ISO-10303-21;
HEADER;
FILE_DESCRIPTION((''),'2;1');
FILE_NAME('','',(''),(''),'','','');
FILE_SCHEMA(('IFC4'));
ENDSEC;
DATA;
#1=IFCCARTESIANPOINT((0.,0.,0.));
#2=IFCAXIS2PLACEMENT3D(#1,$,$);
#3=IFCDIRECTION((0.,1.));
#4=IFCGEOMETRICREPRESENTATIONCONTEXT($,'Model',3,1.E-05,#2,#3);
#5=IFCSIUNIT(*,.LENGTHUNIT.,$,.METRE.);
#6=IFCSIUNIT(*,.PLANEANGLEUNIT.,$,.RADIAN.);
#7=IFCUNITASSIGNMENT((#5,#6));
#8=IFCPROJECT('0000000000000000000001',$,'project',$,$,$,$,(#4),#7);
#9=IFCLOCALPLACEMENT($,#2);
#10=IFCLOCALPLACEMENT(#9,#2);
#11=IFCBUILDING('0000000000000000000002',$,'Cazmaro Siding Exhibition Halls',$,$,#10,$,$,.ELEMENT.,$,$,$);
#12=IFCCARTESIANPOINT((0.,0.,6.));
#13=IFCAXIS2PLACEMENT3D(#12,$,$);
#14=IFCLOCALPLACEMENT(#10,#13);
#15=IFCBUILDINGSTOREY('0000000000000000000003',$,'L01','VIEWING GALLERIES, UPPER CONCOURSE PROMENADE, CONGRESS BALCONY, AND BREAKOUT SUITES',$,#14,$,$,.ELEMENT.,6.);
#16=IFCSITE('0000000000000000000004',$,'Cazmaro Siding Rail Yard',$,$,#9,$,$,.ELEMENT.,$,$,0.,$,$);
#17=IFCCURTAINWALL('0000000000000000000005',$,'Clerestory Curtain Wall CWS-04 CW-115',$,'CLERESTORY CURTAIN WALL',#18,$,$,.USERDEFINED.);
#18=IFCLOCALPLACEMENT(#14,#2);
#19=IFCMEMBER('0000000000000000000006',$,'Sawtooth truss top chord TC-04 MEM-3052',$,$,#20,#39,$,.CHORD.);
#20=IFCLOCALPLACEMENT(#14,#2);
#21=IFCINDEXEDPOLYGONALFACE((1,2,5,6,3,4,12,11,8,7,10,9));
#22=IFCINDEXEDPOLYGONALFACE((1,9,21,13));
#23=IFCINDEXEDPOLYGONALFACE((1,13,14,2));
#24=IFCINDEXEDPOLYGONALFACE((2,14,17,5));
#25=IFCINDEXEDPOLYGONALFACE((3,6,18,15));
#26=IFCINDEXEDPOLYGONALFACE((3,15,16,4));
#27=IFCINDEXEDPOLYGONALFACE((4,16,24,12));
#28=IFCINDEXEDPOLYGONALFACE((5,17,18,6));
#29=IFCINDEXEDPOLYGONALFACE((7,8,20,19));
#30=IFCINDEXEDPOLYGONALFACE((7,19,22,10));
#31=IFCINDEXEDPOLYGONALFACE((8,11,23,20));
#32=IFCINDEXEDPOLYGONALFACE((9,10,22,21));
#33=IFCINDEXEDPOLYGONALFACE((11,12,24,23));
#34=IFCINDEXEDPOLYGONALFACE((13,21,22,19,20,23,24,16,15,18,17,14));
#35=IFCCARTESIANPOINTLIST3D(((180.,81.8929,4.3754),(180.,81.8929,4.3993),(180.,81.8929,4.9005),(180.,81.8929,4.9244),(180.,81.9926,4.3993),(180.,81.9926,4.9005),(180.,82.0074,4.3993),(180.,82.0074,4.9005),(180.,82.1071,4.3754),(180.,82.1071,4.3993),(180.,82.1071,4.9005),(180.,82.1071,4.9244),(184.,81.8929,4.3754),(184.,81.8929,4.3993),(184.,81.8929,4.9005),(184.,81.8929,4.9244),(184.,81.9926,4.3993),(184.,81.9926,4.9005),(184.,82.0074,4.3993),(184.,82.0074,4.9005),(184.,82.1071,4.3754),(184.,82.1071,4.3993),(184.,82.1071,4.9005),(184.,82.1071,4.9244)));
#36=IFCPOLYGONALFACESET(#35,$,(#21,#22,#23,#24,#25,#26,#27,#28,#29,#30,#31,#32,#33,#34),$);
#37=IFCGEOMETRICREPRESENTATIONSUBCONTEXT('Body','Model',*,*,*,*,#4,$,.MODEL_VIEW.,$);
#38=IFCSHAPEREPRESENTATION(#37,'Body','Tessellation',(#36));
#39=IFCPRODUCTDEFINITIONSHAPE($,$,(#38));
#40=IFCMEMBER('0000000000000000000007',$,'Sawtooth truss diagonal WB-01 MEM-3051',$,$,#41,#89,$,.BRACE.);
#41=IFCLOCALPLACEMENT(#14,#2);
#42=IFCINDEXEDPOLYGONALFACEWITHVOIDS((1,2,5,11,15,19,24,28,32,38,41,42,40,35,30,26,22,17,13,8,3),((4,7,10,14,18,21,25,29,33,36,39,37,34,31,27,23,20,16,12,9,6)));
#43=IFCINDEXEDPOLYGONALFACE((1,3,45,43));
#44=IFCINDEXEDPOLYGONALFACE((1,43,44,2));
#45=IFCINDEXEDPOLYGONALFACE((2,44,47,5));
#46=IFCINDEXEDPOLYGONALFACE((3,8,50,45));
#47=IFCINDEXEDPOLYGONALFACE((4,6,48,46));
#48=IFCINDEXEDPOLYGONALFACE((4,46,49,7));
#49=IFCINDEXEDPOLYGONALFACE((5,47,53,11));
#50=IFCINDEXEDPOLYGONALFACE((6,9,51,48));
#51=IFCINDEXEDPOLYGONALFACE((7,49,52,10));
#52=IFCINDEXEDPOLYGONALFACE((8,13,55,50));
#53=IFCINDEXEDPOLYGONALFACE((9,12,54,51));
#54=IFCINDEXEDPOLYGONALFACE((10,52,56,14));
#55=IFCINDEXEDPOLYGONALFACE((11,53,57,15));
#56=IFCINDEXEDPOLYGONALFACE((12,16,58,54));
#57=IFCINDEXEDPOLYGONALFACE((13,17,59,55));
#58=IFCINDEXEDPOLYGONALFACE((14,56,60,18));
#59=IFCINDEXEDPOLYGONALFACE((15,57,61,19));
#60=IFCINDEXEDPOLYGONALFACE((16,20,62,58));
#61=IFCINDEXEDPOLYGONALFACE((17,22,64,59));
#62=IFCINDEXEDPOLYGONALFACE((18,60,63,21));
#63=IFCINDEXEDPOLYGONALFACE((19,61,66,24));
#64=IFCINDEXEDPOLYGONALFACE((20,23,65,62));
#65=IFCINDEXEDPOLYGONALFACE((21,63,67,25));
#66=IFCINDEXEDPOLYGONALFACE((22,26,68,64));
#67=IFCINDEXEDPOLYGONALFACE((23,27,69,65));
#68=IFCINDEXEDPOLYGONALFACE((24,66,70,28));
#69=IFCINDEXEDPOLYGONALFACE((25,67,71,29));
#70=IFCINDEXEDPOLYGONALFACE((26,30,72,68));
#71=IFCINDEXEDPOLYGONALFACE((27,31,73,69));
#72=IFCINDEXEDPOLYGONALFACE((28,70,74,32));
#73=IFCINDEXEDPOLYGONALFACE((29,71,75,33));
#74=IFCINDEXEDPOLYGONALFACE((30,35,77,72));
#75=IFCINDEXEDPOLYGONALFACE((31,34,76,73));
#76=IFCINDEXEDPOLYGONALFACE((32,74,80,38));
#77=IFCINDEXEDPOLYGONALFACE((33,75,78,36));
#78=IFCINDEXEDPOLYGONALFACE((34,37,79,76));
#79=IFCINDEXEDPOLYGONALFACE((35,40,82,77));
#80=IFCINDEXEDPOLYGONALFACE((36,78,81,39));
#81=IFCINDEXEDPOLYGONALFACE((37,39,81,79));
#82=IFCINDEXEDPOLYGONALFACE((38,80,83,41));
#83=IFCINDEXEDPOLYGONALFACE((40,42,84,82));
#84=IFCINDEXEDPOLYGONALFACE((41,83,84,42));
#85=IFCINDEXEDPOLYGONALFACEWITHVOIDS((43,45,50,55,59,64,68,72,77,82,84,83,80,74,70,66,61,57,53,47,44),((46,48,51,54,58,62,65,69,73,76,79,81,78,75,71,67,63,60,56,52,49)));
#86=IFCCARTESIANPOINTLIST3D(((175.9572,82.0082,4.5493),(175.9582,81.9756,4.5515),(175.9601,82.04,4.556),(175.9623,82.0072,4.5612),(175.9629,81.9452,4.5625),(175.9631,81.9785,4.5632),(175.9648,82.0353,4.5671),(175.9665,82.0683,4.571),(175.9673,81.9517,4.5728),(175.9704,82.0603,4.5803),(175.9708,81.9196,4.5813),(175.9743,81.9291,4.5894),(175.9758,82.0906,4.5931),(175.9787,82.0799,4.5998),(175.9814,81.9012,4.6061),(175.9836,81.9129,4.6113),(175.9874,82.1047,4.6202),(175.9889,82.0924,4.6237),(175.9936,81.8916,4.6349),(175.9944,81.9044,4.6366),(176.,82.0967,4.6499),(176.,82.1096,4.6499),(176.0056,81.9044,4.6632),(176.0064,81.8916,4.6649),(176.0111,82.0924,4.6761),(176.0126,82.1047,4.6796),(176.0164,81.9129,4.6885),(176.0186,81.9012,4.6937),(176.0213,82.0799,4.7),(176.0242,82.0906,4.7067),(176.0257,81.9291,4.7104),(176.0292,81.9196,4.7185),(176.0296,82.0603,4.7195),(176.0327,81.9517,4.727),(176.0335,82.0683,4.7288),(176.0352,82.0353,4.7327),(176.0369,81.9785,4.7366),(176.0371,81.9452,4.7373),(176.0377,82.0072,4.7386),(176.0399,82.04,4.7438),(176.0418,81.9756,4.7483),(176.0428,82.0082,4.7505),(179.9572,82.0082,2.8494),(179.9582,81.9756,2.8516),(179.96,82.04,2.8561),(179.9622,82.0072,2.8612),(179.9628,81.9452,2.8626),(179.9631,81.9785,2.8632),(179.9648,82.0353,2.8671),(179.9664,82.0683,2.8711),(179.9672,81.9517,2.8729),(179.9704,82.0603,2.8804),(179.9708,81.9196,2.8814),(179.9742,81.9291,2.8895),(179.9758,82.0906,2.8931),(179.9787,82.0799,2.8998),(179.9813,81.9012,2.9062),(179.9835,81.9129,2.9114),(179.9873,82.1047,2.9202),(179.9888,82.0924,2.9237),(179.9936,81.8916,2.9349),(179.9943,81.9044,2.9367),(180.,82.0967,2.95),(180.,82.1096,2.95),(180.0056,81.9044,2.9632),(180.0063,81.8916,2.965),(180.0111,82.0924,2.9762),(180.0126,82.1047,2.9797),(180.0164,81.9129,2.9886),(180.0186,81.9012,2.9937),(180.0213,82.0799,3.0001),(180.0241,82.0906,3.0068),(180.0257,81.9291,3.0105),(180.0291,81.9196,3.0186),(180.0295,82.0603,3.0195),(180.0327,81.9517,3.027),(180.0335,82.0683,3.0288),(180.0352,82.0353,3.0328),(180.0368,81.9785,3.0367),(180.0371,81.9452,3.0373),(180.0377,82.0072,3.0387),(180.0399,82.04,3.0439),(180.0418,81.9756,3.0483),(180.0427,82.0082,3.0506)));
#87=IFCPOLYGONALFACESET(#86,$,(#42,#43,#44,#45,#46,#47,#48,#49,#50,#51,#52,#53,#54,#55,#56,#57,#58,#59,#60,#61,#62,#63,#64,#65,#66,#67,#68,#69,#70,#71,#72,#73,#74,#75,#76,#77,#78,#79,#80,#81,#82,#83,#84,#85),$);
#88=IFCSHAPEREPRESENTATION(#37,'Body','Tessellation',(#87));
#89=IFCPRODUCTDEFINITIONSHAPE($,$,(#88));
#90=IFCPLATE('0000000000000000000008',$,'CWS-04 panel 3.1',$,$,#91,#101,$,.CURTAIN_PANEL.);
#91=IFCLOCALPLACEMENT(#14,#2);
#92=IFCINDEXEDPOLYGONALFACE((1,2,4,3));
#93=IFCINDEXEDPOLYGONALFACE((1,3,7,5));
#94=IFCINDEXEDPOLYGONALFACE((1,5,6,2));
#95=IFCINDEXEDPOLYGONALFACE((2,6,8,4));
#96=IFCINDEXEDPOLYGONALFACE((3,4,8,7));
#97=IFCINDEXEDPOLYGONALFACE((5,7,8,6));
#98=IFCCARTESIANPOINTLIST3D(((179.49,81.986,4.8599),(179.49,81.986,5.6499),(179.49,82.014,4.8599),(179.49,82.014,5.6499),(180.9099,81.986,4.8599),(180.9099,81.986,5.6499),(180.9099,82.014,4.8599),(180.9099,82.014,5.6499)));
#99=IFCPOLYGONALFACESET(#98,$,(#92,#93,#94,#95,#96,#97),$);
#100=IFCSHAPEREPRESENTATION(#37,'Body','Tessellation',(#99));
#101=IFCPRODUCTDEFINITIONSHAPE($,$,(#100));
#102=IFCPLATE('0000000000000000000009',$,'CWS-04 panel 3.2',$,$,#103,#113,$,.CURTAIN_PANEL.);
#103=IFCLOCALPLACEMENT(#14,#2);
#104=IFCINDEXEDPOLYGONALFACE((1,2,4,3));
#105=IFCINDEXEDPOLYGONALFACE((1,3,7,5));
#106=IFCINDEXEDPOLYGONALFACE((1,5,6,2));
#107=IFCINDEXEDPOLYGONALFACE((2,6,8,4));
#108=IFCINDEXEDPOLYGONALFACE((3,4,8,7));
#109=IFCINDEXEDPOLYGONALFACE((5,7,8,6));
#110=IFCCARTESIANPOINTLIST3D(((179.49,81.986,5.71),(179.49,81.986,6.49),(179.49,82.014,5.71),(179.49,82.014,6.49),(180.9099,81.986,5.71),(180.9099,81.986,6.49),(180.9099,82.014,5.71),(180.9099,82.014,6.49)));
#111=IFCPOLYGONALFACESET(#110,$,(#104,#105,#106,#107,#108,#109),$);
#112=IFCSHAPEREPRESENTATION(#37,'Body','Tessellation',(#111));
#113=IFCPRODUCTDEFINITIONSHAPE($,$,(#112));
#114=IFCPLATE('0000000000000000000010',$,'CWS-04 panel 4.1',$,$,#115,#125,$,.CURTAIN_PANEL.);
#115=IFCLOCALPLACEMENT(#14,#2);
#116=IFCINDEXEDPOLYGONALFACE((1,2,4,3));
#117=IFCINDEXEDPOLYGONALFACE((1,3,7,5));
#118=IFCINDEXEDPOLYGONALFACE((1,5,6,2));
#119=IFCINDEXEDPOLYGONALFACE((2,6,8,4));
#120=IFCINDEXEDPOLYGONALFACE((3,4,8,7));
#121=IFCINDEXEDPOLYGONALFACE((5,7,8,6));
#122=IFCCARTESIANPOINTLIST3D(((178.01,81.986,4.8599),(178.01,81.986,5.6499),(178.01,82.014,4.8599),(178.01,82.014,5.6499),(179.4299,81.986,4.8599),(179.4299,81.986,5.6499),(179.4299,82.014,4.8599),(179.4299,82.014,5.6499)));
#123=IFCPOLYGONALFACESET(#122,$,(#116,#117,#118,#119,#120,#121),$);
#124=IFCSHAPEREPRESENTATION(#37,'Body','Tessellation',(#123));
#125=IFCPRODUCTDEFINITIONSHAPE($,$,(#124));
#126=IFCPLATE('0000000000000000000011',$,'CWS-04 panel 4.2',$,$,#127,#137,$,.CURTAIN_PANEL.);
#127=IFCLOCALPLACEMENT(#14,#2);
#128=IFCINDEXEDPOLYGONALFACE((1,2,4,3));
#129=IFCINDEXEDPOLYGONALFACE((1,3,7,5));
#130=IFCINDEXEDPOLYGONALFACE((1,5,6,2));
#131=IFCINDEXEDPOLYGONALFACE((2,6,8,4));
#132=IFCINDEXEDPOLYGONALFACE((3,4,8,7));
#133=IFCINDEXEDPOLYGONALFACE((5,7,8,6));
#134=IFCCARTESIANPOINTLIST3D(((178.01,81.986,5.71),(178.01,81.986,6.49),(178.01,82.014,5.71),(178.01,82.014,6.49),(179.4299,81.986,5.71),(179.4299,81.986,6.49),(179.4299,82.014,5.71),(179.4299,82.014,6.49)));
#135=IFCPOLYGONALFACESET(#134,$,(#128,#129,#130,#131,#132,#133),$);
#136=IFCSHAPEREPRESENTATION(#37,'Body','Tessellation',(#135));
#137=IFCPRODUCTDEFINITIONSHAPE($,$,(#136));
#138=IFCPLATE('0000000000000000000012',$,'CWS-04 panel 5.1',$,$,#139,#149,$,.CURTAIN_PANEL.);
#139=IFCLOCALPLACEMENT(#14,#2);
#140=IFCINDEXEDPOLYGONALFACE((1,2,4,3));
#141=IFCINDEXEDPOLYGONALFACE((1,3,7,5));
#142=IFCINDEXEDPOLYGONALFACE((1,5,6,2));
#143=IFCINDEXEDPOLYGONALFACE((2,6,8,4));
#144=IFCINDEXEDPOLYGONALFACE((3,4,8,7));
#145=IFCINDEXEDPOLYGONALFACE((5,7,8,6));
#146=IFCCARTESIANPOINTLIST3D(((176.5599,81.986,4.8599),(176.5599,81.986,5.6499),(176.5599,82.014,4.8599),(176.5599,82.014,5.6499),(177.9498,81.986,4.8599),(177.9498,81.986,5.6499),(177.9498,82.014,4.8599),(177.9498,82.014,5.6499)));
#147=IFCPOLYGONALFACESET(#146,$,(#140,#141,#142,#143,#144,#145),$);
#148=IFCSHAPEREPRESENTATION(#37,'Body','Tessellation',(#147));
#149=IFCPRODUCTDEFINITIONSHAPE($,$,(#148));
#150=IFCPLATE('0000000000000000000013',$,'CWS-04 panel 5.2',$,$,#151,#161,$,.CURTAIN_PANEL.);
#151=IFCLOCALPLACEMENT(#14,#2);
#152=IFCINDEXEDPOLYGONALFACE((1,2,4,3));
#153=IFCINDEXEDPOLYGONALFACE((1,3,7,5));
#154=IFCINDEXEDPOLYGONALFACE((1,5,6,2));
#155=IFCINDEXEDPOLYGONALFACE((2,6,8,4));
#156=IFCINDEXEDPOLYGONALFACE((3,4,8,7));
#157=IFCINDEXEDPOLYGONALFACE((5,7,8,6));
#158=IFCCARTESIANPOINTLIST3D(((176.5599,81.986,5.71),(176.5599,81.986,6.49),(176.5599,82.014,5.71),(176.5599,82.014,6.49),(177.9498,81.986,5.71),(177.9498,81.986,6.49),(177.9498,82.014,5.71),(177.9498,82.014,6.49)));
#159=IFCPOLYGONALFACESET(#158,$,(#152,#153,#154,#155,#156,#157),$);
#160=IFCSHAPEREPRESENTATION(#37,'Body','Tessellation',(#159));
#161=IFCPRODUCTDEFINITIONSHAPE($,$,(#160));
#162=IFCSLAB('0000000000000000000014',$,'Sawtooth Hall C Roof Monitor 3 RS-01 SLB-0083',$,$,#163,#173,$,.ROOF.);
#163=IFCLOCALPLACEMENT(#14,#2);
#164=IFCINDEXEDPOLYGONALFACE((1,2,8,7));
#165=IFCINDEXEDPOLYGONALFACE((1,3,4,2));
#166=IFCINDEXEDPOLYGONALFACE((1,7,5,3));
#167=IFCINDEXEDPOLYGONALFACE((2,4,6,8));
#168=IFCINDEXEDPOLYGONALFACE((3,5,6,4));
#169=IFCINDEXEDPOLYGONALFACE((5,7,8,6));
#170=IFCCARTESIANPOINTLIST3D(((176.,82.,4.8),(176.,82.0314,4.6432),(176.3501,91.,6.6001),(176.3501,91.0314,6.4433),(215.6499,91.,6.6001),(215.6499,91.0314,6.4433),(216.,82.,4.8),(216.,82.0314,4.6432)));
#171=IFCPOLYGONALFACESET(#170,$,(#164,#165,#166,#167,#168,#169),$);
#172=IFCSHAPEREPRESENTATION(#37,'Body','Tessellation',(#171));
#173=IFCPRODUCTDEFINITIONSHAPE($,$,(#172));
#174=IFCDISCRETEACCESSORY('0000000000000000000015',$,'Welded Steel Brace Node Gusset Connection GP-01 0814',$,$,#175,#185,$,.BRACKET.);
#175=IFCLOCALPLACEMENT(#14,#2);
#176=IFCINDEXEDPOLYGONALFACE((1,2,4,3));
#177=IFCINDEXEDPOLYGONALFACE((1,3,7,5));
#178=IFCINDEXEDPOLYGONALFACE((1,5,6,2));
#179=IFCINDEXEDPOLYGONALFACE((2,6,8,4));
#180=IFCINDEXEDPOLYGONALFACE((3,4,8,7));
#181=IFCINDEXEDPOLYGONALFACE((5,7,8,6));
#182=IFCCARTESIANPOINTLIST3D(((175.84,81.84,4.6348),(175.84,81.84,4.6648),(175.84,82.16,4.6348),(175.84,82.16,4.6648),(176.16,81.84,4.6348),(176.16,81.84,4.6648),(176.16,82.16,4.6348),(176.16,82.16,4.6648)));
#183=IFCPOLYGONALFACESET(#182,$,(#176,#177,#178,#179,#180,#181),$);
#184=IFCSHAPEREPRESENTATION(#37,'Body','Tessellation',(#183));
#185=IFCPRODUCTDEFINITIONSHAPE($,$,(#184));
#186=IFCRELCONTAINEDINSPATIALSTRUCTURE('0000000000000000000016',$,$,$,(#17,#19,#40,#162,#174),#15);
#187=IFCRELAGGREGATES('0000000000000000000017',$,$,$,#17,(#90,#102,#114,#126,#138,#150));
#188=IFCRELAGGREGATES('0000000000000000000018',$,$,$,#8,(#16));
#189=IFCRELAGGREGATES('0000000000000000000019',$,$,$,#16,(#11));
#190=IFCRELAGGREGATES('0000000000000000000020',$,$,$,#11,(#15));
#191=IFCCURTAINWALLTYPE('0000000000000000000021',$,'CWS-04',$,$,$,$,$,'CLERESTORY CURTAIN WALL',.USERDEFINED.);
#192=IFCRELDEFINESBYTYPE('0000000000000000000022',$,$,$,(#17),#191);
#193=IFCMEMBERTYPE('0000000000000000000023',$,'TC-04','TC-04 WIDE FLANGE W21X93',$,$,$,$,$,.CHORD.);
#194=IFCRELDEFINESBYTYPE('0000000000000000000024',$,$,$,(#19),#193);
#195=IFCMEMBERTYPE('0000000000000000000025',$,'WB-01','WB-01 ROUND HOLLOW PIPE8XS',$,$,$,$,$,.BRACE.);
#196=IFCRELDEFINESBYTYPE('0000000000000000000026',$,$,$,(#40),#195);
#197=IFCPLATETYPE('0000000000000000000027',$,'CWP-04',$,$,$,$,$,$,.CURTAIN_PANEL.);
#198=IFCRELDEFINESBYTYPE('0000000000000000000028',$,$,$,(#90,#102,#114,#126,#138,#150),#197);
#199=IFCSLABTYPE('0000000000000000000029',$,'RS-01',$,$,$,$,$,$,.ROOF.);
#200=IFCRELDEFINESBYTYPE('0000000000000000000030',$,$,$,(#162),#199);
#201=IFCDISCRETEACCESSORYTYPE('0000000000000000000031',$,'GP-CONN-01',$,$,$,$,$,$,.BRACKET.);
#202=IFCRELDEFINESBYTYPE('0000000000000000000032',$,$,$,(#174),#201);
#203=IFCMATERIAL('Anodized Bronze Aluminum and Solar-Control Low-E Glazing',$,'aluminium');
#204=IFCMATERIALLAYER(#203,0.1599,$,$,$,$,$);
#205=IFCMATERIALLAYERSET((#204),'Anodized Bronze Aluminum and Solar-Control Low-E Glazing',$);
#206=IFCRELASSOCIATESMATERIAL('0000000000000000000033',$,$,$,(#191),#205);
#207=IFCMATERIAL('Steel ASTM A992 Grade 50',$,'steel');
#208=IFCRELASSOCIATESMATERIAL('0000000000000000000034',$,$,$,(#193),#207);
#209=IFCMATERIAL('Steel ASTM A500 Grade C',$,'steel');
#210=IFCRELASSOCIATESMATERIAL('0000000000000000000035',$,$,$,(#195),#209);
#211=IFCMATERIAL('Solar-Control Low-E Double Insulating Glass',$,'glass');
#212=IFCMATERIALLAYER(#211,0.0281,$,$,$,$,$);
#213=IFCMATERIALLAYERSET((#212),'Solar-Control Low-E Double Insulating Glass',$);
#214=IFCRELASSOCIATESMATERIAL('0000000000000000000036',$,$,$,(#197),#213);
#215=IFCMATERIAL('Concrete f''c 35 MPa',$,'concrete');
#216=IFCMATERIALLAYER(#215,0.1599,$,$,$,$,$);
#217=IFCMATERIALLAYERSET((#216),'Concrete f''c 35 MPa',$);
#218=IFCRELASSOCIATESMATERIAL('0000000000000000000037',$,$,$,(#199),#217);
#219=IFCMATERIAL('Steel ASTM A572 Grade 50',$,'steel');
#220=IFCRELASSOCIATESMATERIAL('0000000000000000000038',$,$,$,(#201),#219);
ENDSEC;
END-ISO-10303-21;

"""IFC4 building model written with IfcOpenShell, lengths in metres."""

from ifc_helpers import new_model, si_unit, direction, frame, origin, origin_2d, place, context, subcontext, project, spatial, polyline, rectangle, hollow_circle, i_section, outline, extrude, material, layer, layer_set, material_profile, profile_set, type_object, element, aggregate, save


model = new_model("IFC4")

# Units and contexts
model_context = context("Model", 3, precision=1e-05, world=origin(), true_north=direction((0.0, 1.0)))
body_context = subcontext(model_context, "Body", "Model", "MODEL_VIEW")
ifc_project = project(units=[si_unit("LENGTHUNIT", "METRE"), si_unit("PLANEANGLEUNIT", "RADIAN")], contexts=[model_context])

# Site, building, storey
site_placement = place(None, origin())
site = spatial("IfcSite", under=ifc_project, at=site_placement, Name="Cazmaro Siding Rail Yard", CompositionType="ELEMENT", RefElevation=0.0)
building_placement = place(site_placement, origin())
building = spatial("IfcBuilding", under=site, at=building_placement, Name="Cazmaro Siding Exhibition Halls", CompositionType="ELEMENT")
storey_placement = place(building_placement, frame((0.0, 0.0, 6.0)))
storey = spatial("IfcBuildingStorey", under=building, at=storey_placement, Name="L01", Description="VIEWING GALLERIES, UPPER CONCOURSE PROMENADE, CONGRESS BALCONY, AND BREAKOUT SUITES", CompositionType="ELEMENT", Elevation=6.0)

# Curtain wall
ifc_material_1 = material(Name="Anodized Bronze Aluminum and Solar-Control Low-E Glazing", Category="aluminium")
ifc_layer_1 = layer(ifc_material_1, 0.1599)
ifc_layer_set_1 = layer_set([ifc_layer_1], Name="Anodized Bronze Aluminum and Solar-Control Low-E Glazing")
curtain_wall_type_1 = type_object("IfcCurtainWallType", Name="CWS-04", ElementType="CLERESTORY CURTAIN WALL", PredefinedType="USERDEFINED", material=ifc_layer_set_1)
curtain_wall_1_placement = place(storey_placement, origin())
curtain_wall_1 = element("IfcCurtainWall", 1, at=curtain_wall_1_placement, inside=storey, type_object=curtain_wall_type_1, Name="Clerestory Curtain Wall CWS-04 CW-115", ObjectType="CLERESTORY CURTAIN WALL", PredefinedType="USERDEFINED")

# Members
ifc_material_2 = material(Name="Steel ASTM A992 Grade 50", Category="steel")
ifc_material_profile_1 = material_profile(ifc_material_2, i_section(OverallWidth=0.2141, OverallDepth=0.5491, WebThickness=0.0149, FlangeThickness=0.0239, at=origin_2d()), Name="W21X93")
ifc_profile_set_1 = profile_set([ifc_material_profile_1], Name="Steel ASTM A992 Grade 50")
member_type_1 = type_object("IfcMemberType", Name="TC-04", Description="TC-04 WIDE FLANGE W21X93", PredefinedType="CHORD", material=ifc_profile_set_1)
for number, where, z_axis, x_axis, name in (
    (2, (180.0, 82.0, 4.6499), (1.0, 0.0, 0.0), (0.0, 1.0, 0.0), "Sawtooth truss top chord TC-04 MEM-3052"),
):
    element("IfcMember", number, at=place(storey_placement, frame(where, z_axis=z_axis, x_axis=x_axis)), inside=storey, type_object=member_type_1, Name=name, PredefinedType="CHORD", context=body_context, shape_type="SweptSolid", body=[
        extrude(i_section(OverallWidth=0.2141, OverallDepth=0.5491, WebThickness=0.0149, FlangeThickness=0.0239, at=origin_2d()), origin(), (0.0, 0.0, 1.0), 4.0),
    ])
ifc_material_3 = material(Name="Steel ASTM A500 Grade C", Category="steel")
ifc_material_profile_2 = material_profile(ifc_material_3, hollow_circle(Radius=0.1096, WallThickness=0.0129, at=origin_2d()), Name="PIPE8XS")
ifc_profile_set_2 = profile_set([ifc_material_profile_2], Name="Steel ASTM A500 Grade C")
member_type_2 = type_object("IfcMemberType", Name="WB-01", Description="WB-01 ROUND HOLLOW PIPE8XS", PredefinedType="BRACE", material=ifc_profile_set_2)
member_1_placement = place(storey_placement, frame((176.0, 82.0, 4.6499), z_axis=(0.920335, 0.0, -0.391131), x_axis=(0.0, 1.0, 0.0)))
element("IfcMember", 3, at=member_1_placement, inside=storey, type_object=member_type_2, Name="Sawtooth truss diagonal WB-01 MEM-3051", PredefinedType="BRACE", context=body_context, shape_type="SweptSolid", body=[
    extrude(hollow_circle(Radius=0.1096, WallThickness=0.0129, at=origin_2d()), origin(), (0.0, 0.0, 1.0), 4.3462),
])

# Plates
ifc_material_4 = material(Name="Solar-Control Low-E Double Insulating Glass", Category="glass")
ifc_layer_2 = layer(ifc_material_4, 0.0281)
ifc_layer_set_2 = layer_set([ifc_layer_2], Name="Solar-Control Low-E Double Insulating Glass")
plate_type = type_object("IfcPlateType", Name="CWP-04", PredefinedType="CURTAIN_PANEL", material=ifc_layer_set_2)
plate_1_placement = place(storey_placement, frame((180.2, 82.0, 4.8599), z_axis=(0.0, 0.0, 1.0), x_axis=(-1.0, 0.0, 0.0)))
plate_1 = element("IfcPlate", 4, at=plate_1_placement, type_object=plate_type, Name="CWS-04 panel 3.1", PredefinedType="CURTAIN_PANEL", context=body_context, shape_type="SweptSolid", body=[
    extrude(rectangle(XDim=1.4199, YDim=0.0281, at=origin_2d()), origin(), (0.0, 0.0, 1.0), 0.79),
])
plate_2_placement = place(storey_placement, frame((180.2, 82.0, 5.71), z_axis=(0.0, 0.0, 1.0), x_axis=(-1.0, 0.0, 0.0)))
plate_2 = element("IfcPlate", 5, at=plate_2_placement, type_object=plate_type, Name="CWS-04 panel 3.2", PredefinedType="CURTAIN_PANEL", context=body_context, shape_type="SweptSolid", body=[
    extrude(rectangle(XDim=1.4199, YDim=0.0281, at=origin_2d()), origin(), (0.0, 0.0, 1.0), 0.78),
])
plate_3_placement = place(storey_placement, frame((178.72, 82.0, 4.8599), z_axis=(0.0, 0.0, 1.0), x_axis=(-1.0, 0.0, 0.0)))
plate_3 = element("IfcPlate", 6, at=plate_3_placement, type_object=plate_type, Name="CWS-04 panel 4.1", PredefinedType="CURTAIN_PANEL", context=body_context, shape_type="SweptSolid", body=[
    extrude(rectangle(XDim=1.4199, YDim=0.0281, at=origin_2d()), origin(), (0.0, 0.0, 1.0), 0.79),
])
plate_4_placement = place(storey_placement, frame((178.72, 82.0, 5.71), z_axis=(0.0, 0.0, 1.0), x_axis=(-1.0, 0.0, 0.0)))
plate_4 = element("IfcPlate", 7, at=plate_4_placement, type_object=plate_type, Name="CWS-04 panel 4.2", PredefinedType="CURTAIN_PANEL", context=body_context, shape_type="SweptSolid", body=[
    extrude(rectangle(XDim=1.4199, YDim=0.0281, at=origin_2d()), origin(), (0.0, 0.0, 1.0), 0.78),
])
plate_5_placement = place(storey_placement, frame((177.2549, 82.0, 4.8599), z_axis=(0.0, 0.0, 1.0), x_axis=(-1.0, 0.0, 0.0)))
plate_5 = element("IfcPlate", 8, at=plate_5_placement, type_object=plate_type, Name="CWS-04 panel 5.1", PredefinedType="CURTAIN_PANEL", context=body_context, shape_type="SweptSolid", body=[
    extrude(rectangle(XDim=1.3899, YDim=0.0281, at=origin_2d()), origin(), (0.0, 0.0, 1.0), 0.79),
])
plate_6_placement = place(storey_placement, frame((177.2549, 82.0, 5.71), z_axis=(0.0, 0.0, 1.0), x_axis=(-1.0, 0.0, 0.0)))
plate_6 = element("IfcPlate", 9, at=plate_6_placement, type_object=plate_type, Name="CWS-04 panel 5.2", PredefinedType="CURTAIN_PANEL", context=body_context, shape_type="SweptSolid", body=[
    extrude(rectangle(XDim=1.3899, YDim=0.0281, at=origin_2d()), origin(), (0.0, 0.0, 1.0), 0.78),
])
aggregate(curtain_wall_1, [plate_1, plate_2, plate_3, plate_4, plate_5, plate_6])

# Slab
ifc_material_5 = material(Name="Concrete f'c 35 MPa", Category="concrete")
ifc_layer_3 = layer(ifc_material_5, 0.1599)
ifc_layer_set_3 = layer_set([ifc_layer_3], Name="Concrete f'c 35 MPa")
slab_type = type_object("IfcSlabType", Name="RS-01", PredefinedType="ROOF", material=ifc_layer_set_3)
slab_placement = place(storey_placement, frame((176.0, 82.0, 4.8), z_axis=(0.0, -0.196121, 0.98058), x_axis=(1.0, 0.0, 0.0)))
element("IfcSlab", 10, at=slab_placement, inside=storey, type_object=slab_type, Name="Sawtooth Hall C Roof Monitor 3 RS-01 SLB-0083", PredefinedType="ROOF", context=body_context, shape_type="SweptSolid", body=[
    extrude(outline(polyline([(0.0, 0.0), (40.0, 0.0), (39.6499, 9.1782), (0.3501, 9.1782), (0.0, 0.0)])), origin(), (0.0, 0.0, -1.0), 0.1599),
])

# Discrete accessory
ifc_material_6 = material(Name="Steel ASTM A572 Grade 50", Category="steel")
discrete_accessory_type = type_object("IfcDiscreteAccessoryType", Name="GP-CONN-01", PredefinedType="BRACKET", material=ifc_material_6)
discrete_accessory_placement = place(storey_placement, frame((176.0, 82.0, 4.6348), z_axis=(0.0, 0.0, 1.0), x_axis=(1.0, 0.0, 0.0)))
element("IfcDiscreteAccessory", 11, at=discrete_accessory_placement, inside=storey, type_object=discrete_accessory_type, Name="Welded Steel Brace Node Gusset Connection GP-01 0814", PredefinedType="BRACKET", context=body_context, shape_type="SweptSolid", body=[
    extrude(rectangle(XDim=0.3201, YDim=0.3201, at=origin_2d()), origin(), (0.0, 0.0, 1.0), 0.03),
])

save(model, "model.ifc")
